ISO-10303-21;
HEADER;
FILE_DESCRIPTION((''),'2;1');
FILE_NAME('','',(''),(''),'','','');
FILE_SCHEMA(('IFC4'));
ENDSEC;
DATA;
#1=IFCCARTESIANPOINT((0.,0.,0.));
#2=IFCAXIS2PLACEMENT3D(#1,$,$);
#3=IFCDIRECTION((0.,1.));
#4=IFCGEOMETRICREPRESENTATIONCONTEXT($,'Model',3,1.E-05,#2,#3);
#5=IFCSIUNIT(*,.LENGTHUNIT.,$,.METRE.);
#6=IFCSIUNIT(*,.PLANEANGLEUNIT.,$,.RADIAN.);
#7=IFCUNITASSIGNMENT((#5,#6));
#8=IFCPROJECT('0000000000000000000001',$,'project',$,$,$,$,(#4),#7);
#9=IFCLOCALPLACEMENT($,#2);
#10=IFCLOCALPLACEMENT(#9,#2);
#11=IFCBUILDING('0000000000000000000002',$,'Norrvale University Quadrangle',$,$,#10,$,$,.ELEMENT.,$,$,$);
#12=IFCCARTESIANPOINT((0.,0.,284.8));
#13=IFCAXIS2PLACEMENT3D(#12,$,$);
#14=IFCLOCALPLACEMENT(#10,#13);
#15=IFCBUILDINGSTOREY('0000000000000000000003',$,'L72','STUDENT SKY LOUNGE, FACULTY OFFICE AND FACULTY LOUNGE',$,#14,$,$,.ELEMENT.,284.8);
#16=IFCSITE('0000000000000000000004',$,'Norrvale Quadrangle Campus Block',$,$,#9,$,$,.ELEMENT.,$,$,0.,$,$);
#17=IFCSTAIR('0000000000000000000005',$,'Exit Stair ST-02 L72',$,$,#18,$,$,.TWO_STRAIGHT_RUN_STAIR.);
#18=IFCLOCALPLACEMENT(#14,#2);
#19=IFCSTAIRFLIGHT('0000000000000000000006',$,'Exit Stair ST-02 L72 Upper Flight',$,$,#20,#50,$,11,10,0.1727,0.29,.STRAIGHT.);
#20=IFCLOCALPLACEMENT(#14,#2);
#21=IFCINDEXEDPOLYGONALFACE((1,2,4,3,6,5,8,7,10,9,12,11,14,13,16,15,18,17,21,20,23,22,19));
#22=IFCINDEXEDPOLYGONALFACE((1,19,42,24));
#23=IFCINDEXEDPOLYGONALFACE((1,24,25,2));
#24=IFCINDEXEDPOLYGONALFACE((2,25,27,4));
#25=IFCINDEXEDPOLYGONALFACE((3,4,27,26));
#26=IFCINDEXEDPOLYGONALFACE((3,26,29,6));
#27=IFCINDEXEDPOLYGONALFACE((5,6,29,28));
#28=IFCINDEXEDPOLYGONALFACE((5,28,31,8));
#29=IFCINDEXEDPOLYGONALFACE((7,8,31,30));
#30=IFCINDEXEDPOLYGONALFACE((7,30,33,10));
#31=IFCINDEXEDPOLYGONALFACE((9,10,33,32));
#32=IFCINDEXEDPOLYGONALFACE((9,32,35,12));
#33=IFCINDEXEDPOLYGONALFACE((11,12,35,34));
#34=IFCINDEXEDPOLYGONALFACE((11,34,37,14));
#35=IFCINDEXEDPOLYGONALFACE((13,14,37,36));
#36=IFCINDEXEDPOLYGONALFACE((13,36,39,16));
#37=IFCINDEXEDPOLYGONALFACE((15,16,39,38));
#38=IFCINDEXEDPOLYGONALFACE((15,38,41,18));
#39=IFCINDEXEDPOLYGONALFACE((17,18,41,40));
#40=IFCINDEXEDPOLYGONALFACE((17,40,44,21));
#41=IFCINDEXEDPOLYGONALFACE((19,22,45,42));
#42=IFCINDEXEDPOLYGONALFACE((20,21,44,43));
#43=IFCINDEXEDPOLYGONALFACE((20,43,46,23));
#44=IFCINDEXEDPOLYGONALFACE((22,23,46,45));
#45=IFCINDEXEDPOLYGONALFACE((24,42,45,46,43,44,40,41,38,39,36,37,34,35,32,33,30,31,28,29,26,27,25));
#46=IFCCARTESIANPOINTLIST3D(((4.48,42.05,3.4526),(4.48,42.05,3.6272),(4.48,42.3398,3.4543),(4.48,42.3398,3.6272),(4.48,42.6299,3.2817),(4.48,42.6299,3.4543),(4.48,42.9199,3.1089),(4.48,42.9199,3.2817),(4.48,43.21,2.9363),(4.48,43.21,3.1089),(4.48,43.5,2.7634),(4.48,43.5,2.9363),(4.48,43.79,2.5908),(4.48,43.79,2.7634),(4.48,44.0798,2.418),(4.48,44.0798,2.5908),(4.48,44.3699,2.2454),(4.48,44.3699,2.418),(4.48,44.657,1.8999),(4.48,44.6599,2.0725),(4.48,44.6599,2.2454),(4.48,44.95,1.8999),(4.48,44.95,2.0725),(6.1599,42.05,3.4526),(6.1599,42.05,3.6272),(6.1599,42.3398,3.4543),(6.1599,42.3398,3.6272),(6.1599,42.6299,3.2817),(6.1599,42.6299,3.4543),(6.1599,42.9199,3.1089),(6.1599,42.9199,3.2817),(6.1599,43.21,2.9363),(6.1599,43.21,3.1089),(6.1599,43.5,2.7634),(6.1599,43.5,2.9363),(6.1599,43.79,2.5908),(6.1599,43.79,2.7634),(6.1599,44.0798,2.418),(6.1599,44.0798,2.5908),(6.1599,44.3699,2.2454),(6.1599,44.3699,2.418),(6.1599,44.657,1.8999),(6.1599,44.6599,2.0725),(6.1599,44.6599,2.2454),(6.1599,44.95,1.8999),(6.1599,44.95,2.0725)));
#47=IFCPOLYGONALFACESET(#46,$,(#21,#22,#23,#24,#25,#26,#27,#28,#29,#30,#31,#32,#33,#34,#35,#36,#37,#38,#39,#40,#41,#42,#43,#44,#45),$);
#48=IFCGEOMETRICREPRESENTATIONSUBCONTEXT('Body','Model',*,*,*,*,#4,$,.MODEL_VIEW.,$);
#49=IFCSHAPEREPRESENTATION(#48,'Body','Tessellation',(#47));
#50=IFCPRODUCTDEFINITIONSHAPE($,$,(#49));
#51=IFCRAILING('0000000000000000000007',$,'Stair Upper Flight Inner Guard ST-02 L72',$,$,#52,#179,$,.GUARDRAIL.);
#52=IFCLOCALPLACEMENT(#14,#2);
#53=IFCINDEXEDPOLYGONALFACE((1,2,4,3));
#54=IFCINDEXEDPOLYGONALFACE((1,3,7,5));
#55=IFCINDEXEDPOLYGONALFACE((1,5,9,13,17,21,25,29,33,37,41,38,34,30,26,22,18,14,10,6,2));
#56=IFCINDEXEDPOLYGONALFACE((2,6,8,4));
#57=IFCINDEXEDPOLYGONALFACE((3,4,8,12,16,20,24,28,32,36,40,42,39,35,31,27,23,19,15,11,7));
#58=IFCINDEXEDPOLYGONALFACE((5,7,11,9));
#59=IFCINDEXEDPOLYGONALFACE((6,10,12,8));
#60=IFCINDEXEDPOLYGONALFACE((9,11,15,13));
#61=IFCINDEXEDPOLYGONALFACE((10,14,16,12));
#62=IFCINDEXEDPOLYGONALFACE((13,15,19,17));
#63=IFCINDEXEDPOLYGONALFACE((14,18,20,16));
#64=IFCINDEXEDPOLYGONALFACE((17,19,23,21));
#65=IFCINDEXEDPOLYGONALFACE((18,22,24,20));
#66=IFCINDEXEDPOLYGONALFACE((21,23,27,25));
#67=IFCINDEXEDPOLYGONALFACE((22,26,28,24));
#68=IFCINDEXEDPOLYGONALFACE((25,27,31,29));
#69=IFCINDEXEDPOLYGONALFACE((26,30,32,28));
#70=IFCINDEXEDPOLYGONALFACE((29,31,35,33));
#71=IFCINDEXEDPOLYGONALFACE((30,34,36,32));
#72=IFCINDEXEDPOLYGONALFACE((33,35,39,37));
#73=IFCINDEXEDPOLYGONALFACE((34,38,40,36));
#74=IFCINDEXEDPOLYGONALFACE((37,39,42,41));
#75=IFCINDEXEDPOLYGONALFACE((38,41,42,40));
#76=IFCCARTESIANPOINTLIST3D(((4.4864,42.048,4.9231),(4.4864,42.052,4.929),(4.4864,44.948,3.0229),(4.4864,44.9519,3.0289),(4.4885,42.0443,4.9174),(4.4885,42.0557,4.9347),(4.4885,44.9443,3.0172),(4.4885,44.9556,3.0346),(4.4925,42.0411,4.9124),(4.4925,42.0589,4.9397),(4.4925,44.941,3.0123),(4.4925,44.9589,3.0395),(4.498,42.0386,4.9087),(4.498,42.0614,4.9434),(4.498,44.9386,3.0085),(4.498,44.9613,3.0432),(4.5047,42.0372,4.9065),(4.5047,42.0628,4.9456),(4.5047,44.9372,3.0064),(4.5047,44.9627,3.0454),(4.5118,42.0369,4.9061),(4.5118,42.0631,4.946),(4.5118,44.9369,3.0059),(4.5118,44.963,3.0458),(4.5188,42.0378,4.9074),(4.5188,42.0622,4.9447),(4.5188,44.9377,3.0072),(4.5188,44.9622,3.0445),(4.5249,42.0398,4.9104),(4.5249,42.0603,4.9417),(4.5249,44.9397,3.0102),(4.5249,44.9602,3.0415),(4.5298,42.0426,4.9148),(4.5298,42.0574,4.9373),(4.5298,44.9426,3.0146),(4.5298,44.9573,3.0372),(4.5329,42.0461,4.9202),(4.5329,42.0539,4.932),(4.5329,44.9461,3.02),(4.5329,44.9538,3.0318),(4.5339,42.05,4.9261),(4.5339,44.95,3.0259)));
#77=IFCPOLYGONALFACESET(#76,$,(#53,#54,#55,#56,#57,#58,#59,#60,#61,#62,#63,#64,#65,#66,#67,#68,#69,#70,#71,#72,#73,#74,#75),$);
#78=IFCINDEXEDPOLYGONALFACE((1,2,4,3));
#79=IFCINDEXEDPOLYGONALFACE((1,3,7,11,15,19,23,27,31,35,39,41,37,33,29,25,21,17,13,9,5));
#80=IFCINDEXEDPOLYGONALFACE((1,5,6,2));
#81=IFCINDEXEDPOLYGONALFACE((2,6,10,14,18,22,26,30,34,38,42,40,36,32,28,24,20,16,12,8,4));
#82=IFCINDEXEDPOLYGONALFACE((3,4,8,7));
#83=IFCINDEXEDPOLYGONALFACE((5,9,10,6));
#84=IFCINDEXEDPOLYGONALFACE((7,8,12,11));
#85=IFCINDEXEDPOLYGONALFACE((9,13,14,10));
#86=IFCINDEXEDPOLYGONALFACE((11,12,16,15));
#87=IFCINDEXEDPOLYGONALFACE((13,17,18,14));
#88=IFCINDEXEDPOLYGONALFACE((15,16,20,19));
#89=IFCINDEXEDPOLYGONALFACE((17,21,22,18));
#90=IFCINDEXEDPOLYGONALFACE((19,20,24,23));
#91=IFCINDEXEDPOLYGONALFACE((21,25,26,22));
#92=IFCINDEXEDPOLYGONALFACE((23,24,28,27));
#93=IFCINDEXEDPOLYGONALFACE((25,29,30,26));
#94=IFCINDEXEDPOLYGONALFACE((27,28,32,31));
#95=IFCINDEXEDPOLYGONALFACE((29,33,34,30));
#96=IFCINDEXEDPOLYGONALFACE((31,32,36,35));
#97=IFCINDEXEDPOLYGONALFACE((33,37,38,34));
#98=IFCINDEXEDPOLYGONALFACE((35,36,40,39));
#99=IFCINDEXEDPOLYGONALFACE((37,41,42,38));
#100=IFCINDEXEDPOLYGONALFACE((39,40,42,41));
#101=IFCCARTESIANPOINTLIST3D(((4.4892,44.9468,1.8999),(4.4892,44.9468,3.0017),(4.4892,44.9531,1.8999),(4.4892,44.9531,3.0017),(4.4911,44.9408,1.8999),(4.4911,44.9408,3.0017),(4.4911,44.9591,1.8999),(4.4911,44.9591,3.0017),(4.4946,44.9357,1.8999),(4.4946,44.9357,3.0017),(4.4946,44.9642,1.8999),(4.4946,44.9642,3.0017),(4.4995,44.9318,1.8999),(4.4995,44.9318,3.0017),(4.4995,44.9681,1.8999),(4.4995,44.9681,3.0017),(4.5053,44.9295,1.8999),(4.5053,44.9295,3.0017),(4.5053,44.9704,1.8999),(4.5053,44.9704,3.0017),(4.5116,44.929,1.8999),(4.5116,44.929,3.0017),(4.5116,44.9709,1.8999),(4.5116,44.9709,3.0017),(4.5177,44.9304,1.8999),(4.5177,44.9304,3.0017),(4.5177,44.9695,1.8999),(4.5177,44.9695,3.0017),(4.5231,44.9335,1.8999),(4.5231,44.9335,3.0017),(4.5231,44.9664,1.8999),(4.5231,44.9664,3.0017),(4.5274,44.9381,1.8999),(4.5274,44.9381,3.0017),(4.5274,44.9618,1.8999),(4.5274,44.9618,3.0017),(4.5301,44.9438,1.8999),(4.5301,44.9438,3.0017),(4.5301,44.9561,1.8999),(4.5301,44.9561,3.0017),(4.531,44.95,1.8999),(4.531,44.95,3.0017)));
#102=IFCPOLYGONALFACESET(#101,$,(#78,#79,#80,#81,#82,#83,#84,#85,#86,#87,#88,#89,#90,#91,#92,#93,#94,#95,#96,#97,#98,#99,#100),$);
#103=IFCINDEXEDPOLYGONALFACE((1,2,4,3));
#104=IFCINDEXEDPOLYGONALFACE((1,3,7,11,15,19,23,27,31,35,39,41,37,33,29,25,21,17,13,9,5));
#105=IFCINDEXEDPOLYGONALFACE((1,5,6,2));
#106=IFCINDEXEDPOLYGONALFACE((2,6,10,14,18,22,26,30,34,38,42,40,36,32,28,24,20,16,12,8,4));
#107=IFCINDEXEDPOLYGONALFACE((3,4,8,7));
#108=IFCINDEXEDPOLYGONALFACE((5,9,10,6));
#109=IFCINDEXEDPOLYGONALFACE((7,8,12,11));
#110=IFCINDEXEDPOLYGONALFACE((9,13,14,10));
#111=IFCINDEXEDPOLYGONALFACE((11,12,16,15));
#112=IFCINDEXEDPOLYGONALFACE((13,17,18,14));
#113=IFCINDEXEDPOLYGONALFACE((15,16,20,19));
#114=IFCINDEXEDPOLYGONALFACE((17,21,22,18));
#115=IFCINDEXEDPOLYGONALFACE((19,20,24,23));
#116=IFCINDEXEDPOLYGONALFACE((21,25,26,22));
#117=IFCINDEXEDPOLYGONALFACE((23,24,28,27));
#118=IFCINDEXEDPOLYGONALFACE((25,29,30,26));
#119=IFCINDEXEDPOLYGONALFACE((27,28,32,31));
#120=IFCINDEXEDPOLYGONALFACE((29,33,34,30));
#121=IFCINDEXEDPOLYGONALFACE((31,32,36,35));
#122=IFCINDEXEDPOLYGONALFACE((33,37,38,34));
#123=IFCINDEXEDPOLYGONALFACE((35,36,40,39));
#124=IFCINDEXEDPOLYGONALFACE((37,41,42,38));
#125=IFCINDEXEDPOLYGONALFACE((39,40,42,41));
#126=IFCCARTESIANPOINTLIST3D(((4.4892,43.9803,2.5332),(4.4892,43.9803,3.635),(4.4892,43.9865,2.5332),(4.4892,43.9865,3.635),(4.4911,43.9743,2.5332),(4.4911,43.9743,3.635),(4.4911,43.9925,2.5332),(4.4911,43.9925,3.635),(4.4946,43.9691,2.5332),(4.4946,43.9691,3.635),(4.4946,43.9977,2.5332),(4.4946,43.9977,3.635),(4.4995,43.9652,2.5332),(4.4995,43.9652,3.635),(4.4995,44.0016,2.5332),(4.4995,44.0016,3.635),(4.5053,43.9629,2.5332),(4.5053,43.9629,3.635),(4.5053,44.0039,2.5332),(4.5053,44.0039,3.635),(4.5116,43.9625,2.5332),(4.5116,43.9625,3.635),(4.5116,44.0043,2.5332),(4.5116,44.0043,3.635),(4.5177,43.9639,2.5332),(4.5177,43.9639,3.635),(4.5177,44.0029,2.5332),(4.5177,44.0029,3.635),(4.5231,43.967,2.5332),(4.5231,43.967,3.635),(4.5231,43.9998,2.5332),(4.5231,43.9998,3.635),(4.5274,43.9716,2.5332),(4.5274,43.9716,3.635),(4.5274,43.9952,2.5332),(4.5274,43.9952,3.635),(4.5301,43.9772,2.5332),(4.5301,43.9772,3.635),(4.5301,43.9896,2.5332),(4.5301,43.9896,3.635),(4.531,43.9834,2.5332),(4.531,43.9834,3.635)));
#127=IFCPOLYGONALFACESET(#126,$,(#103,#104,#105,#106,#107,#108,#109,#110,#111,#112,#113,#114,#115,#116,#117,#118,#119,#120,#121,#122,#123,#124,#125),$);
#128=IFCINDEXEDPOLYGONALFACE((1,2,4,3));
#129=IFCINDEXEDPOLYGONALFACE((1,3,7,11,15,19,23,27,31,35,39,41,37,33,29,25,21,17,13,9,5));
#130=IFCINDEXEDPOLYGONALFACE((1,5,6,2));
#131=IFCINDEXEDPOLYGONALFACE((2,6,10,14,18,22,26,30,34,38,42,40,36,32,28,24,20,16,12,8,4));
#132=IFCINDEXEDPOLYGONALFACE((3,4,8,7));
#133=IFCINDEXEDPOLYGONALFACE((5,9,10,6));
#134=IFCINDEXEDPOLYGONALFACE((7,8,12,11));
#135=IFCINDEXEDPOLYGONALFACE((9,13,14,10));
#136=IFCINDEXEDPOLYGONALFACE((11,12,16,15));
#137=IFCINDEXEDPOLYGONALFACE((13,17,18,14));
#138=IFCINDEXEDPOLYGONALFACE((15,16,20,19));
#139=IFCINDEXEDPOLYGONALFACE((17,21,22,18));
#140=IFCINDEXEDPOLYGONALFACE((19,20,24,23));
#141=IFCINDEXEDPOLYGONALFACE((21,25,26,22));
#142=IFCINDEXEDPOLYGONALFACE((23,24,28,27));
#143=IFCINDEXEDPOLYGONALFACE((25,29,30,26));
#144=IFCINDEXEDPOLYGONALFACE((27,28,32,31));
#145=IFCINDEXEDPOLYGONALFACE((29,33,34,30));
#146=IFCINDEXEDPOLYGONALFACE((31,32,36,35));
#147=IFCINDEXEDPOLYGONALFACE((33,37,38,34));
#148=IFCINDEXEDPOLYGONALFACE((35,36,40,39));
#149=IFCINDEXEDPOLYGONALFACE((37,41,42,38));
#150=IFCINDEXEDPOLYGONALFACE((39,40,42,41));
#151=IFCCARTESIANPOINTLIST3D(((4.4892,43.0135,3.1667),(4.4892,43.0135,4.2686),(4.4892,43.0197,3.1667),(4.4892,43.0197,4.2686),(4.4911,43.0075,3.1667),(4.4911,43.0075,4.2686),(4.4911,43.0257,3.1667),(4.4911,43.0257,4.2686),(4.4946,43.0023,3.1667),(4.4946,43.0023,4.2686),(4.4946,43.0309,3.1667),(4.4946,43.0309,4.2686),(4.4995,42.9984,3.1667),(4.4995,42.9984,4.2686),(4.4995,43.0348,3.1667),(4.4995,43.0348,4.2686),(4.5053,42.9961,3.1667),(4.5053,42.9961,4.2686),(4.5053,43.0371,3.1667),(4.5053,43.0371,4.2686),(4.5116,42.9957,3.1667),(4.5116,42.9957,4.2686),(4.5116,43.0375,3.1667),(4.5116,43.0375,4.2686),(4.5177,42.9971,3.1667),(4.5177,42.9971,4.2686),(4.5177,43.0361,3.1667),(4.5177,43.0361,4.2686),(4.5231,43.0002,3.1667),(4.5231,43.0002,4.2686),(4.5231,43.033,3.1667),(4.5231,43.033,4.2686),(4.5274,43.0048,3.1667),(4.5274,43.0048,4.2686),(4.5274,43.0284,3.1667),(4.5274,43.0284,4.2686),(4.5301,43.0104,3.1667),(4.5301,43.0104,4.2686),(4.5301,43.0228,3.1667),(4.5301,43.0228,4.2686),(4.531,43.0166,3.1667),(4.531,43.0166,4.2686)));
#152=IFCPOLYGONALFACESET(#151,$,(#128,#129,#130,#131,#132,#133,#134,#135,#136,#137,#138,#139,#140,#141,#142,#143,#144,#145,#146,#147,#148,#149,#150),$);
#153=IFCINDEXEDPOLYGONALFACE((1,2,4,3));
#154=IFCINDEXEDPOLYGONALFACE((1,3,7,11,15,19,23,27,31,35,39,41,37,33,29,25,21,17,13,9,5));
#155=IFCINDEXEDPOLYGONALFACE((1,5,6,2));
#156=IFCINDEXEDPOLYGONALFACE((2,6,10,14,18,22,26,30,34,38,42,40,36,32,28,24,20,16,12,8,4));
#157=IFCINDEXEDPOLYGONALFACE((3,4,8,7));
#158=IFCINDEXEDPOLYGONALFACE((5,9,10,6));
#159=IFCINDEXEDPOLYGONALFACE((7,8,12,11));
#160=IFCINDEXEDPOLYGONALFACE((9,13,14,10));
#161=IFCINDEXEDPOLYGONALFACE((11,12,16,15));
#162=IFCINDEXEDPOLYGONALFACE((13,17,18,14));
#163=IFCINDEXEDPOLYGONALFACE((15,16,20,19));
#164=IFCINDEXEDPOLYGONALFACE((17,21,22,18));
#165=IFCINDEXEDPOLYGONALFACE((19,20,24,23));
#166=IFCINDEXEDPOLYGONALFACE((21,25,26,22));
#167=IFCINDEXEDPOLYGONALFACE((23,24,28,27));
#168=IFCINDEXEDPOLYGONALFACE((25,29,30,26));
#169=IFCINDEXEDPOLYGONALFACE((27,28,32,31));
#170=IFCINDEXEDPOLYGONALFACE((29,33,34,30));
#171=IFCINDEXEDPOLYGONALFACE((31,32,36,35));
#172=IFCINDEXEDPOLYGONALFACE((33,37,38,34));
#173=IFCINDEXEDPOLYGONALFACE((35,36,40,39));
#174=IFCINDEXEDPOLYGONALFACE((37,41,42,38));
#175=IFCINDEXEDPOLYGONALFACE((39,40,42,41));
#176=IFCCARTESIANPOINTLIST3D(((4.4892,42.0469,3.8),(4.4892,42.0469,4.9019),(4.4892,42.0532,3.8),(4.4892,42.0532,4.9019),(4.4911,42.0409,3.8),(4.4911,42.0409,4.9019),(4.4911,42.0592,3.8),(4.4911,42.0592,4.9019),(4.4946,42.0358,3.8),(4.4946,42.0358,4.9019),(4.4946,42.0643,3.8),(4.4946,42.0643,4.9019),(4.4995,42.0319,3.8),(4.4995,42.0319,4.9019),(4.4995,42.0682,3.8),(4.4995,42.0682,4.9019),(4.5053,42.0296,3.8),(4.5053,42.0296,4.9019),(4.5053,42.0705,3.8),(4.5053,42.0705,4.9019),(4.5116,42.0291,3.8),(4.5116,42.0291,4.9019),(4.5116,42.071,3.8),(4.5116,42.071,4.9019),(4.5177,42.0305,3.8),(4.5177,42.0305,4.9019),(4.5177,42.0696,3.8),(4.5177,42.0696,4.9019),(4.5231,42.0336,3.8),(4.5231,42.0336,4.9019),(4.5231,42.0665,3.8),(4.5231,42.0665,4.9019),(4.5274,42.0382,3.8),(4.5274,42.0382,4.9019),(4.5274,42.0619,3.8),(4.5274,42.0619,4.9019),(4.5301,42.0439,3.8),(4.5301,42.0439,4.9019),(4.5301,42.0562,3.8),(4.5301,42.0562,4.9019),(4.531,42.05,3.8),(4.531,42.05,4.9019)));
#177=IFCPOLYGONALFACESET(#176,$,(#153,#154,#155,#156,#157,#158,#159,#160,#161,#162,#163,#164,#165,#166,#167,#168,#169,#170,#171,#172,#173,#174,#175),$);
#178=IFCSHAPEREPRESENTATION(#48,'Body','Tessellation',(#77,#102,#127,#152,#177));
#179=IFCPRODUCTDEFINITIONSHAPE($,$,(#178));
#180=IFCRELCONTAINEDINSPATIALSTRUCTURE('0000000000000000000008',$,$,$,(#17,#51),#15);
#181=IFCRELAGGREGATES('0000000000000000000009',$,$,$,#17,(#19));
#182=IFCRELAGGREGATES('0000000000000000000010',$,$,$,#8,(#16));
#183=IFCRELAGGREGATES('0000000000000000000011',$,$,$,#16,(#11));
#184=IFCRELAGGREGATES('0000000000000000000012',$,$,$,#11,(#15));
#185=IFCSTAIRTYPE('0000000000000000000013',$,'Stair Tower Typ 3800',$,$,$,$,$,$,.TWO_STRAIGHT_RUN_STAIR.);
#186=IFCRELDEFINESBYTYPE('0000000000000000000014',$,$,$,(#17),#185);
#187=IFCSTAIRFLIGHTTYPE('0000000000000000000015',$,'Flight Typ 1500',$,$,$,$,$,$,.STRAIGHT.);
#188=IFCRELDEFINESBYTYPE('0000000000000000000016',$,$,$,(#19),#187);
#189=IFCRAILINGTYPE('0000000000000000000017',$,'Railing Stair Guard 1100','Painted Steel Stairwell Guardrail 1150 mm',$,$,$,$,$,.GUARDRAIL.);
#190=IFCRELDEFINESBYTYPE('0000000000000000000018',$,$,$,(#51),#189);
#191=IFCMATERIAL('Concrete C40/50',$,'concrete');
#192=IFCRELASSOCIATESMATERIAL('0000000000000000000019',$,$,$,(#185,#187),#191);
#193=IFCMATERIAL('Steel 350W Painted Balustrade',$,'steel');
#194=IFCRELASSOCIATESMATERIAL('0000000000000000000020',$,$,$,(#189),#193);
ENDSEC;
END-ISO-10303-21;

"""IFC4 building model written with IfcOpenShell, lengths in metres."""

from ifc_helpers import new_model, si_unit, direction, frame, origin, origin_2d, place, context, subcontext, project, spatial, polyline, circle, outline, extrude, material, type_object, element, aggregate, save


model = new_model("IFC4")

# Units and contexts
model_context = context("Model", 3, precision=1e-05, world=origin(), true_north=direction((0.0, 1.0)))
body_context = subcontext(model_context, "Body", "Model", "MODEL_VIEW")
ifc_project = project(units=[si_unit("LENGTHUNIT", "METRE"), si_unit("PLANEANGLEUNIT", "RADIAN")], contexts=[model_context])

# Site, building, storey
site_placement = place(None, origin())
site = spatial("IfcSite", under=ifc_project, at=site_placement, Name="Norrvale Quadrangle Campus Block", CompositionType="ELEMENT", RefElevation=0.0)
building_placement = place(site_placement, origin())
building = spatial("IfcBuilding", under=site, at=building_placement, Name="Norrvale University Quadrangle", CompositionType="ELEMENT")
storey_placement = place(building_placement, frame((0.0, 0.0, 284.8)))
storey = spatial("IfcBuildingStorey", under=building, at=storey_placement, Name="L72", Description="STUDENT SKY LOUNGE, FACULTY OFFICE AND FACULTY LOUNGE", CompositionType="ELEMENT", Elevation=284.8)

# Stair, stair flight
ifc_material_1 = material(Name="Concrete C40/50", Category="concrete")
stair_type = type_object("IfcStairType", Name="Stair Tower Typ 3800", PredefinedType="TWO_STRAIGHT_RUN_STAIR", material=ifc_material_1)
stair_placement = place(storey_placement, origin())
stair = element("IfcStair", 1, at=stair_placement, inside=storey, type_object=stair_type, Name="Exit Stair ST-02 L72", PredefinedType="TWO_STRAIGHT_RUN_STAIR")
stair_flight_type = type_object("IfcStairFlightType", Name="Flight Typ 1500", PredefinedType="STRAIGHT", material=ifc_material_1)
stair_flight_placement = place(storey_placement, frame((5.3201, 44.95, 1.8999), z_axis=(0.0, 0.0, 1.0), x_axis=(0.0, -1.0, 0.0)))
stair_flight = element("IfcStairFlight", 2, at=stair_flight_placement, type_object=stair_flight_type, Name="Exit Stair ST-02 L72 Upper Flight", NumberOfRisers=11, NumberOfTreads=10, PredefinedType="STRAIGHT", RiserHeight=0.1727, TreadLength=0.29, context=body_context, shape_type="SweptSolid", body=[
    extrude(outline(polyline([(0.0, 0.0), (0.0, 0.1726), (0.29, 0.1726), (0.29, 0.3455), (0.5801, 0.3455), (0.5801, 0.5181), (0.8701, 0.5181), (0.8701, 0.6909), (1.1599, 0.6909), (1.1599, 0.8635), (1.45, 0.8635), (1.45, 1.0364), (1.74, 1.0364), (1.74, 1.209), (2.03, 1.209), (2.03, 1.3818), (2.3201, 1.3818), (2.3201, 1.5544), (2.6101, 1.5544), (2.6101, 1.7273), (2.8999, 1.7273), (2.8999, 1.8999), (2.8999, 1.5527), (0.293, 0.0), (0.0, 0.0)])), frame((0.0, 0.8398, 0.0), z_axis=(0.0, -1.0, 0.0), x_axis=(1.0, 0.0, 0.0)), (0.0, 0.0, 1.0), 1.6799),
])
aggregate(stair, [stair_flight])

# Railing
ifc_material_2 = material(Name="Steel 350W Painted Balustrade", Category="steel")
railing_type_1 = type_object("IfcRailingType", Name="Railing Stair Guard 1100", Description="Painted Steel Stairwell Guardrail 1150 mm", PredefinedType="GUARDRAIL", material=ifc_material_2)
railing_1_placement = place(storey_placement, frame((4.51, 44.95, 1.8999)))
element("IfcRailing", 3, at=railing_1_placement, inside=storey, type_object=railing_type_1, Name="Stair Upper Flight Inner Guard ST-02 L72", PredefinedType="GUARDRAIL", context=body_context, shape_type="SweptSolid", body=[
    extrude(circle(Radius=0.0239, at=origin_2d()), frame((0.0, 0.0, 1.126), z_axis=(0.0, -0.836433, 0.548069), x_axis=(1.0, 0.0, 0.0)), (0.0, 0.0, 1.0), 3.467),
    extrude(circle(Radius=0.021, at=origin_2d()), origin(), (0.0, 0.0, 1.0), 1.1018),
    extrude(circle(Radius=0.021, at=origin_2d()), frame((0.0, -0.9666, 0.6333)), (0.0, 0.0, 1.0), 1.1018),
    extrude(circle(Radius=0.021, at=origin_2d()), frame((0.0, -1.9333, 1.2668)), (0.0, 0.0, 1.0), 1.1018),
    extrude(circle(Radius=0.021, at=origin_2d()), frame((0.0, -2.8999, 1.9001)), (0.0, 0.0, 1.0), 1.1018),
])

save(model, "model.ifc")
